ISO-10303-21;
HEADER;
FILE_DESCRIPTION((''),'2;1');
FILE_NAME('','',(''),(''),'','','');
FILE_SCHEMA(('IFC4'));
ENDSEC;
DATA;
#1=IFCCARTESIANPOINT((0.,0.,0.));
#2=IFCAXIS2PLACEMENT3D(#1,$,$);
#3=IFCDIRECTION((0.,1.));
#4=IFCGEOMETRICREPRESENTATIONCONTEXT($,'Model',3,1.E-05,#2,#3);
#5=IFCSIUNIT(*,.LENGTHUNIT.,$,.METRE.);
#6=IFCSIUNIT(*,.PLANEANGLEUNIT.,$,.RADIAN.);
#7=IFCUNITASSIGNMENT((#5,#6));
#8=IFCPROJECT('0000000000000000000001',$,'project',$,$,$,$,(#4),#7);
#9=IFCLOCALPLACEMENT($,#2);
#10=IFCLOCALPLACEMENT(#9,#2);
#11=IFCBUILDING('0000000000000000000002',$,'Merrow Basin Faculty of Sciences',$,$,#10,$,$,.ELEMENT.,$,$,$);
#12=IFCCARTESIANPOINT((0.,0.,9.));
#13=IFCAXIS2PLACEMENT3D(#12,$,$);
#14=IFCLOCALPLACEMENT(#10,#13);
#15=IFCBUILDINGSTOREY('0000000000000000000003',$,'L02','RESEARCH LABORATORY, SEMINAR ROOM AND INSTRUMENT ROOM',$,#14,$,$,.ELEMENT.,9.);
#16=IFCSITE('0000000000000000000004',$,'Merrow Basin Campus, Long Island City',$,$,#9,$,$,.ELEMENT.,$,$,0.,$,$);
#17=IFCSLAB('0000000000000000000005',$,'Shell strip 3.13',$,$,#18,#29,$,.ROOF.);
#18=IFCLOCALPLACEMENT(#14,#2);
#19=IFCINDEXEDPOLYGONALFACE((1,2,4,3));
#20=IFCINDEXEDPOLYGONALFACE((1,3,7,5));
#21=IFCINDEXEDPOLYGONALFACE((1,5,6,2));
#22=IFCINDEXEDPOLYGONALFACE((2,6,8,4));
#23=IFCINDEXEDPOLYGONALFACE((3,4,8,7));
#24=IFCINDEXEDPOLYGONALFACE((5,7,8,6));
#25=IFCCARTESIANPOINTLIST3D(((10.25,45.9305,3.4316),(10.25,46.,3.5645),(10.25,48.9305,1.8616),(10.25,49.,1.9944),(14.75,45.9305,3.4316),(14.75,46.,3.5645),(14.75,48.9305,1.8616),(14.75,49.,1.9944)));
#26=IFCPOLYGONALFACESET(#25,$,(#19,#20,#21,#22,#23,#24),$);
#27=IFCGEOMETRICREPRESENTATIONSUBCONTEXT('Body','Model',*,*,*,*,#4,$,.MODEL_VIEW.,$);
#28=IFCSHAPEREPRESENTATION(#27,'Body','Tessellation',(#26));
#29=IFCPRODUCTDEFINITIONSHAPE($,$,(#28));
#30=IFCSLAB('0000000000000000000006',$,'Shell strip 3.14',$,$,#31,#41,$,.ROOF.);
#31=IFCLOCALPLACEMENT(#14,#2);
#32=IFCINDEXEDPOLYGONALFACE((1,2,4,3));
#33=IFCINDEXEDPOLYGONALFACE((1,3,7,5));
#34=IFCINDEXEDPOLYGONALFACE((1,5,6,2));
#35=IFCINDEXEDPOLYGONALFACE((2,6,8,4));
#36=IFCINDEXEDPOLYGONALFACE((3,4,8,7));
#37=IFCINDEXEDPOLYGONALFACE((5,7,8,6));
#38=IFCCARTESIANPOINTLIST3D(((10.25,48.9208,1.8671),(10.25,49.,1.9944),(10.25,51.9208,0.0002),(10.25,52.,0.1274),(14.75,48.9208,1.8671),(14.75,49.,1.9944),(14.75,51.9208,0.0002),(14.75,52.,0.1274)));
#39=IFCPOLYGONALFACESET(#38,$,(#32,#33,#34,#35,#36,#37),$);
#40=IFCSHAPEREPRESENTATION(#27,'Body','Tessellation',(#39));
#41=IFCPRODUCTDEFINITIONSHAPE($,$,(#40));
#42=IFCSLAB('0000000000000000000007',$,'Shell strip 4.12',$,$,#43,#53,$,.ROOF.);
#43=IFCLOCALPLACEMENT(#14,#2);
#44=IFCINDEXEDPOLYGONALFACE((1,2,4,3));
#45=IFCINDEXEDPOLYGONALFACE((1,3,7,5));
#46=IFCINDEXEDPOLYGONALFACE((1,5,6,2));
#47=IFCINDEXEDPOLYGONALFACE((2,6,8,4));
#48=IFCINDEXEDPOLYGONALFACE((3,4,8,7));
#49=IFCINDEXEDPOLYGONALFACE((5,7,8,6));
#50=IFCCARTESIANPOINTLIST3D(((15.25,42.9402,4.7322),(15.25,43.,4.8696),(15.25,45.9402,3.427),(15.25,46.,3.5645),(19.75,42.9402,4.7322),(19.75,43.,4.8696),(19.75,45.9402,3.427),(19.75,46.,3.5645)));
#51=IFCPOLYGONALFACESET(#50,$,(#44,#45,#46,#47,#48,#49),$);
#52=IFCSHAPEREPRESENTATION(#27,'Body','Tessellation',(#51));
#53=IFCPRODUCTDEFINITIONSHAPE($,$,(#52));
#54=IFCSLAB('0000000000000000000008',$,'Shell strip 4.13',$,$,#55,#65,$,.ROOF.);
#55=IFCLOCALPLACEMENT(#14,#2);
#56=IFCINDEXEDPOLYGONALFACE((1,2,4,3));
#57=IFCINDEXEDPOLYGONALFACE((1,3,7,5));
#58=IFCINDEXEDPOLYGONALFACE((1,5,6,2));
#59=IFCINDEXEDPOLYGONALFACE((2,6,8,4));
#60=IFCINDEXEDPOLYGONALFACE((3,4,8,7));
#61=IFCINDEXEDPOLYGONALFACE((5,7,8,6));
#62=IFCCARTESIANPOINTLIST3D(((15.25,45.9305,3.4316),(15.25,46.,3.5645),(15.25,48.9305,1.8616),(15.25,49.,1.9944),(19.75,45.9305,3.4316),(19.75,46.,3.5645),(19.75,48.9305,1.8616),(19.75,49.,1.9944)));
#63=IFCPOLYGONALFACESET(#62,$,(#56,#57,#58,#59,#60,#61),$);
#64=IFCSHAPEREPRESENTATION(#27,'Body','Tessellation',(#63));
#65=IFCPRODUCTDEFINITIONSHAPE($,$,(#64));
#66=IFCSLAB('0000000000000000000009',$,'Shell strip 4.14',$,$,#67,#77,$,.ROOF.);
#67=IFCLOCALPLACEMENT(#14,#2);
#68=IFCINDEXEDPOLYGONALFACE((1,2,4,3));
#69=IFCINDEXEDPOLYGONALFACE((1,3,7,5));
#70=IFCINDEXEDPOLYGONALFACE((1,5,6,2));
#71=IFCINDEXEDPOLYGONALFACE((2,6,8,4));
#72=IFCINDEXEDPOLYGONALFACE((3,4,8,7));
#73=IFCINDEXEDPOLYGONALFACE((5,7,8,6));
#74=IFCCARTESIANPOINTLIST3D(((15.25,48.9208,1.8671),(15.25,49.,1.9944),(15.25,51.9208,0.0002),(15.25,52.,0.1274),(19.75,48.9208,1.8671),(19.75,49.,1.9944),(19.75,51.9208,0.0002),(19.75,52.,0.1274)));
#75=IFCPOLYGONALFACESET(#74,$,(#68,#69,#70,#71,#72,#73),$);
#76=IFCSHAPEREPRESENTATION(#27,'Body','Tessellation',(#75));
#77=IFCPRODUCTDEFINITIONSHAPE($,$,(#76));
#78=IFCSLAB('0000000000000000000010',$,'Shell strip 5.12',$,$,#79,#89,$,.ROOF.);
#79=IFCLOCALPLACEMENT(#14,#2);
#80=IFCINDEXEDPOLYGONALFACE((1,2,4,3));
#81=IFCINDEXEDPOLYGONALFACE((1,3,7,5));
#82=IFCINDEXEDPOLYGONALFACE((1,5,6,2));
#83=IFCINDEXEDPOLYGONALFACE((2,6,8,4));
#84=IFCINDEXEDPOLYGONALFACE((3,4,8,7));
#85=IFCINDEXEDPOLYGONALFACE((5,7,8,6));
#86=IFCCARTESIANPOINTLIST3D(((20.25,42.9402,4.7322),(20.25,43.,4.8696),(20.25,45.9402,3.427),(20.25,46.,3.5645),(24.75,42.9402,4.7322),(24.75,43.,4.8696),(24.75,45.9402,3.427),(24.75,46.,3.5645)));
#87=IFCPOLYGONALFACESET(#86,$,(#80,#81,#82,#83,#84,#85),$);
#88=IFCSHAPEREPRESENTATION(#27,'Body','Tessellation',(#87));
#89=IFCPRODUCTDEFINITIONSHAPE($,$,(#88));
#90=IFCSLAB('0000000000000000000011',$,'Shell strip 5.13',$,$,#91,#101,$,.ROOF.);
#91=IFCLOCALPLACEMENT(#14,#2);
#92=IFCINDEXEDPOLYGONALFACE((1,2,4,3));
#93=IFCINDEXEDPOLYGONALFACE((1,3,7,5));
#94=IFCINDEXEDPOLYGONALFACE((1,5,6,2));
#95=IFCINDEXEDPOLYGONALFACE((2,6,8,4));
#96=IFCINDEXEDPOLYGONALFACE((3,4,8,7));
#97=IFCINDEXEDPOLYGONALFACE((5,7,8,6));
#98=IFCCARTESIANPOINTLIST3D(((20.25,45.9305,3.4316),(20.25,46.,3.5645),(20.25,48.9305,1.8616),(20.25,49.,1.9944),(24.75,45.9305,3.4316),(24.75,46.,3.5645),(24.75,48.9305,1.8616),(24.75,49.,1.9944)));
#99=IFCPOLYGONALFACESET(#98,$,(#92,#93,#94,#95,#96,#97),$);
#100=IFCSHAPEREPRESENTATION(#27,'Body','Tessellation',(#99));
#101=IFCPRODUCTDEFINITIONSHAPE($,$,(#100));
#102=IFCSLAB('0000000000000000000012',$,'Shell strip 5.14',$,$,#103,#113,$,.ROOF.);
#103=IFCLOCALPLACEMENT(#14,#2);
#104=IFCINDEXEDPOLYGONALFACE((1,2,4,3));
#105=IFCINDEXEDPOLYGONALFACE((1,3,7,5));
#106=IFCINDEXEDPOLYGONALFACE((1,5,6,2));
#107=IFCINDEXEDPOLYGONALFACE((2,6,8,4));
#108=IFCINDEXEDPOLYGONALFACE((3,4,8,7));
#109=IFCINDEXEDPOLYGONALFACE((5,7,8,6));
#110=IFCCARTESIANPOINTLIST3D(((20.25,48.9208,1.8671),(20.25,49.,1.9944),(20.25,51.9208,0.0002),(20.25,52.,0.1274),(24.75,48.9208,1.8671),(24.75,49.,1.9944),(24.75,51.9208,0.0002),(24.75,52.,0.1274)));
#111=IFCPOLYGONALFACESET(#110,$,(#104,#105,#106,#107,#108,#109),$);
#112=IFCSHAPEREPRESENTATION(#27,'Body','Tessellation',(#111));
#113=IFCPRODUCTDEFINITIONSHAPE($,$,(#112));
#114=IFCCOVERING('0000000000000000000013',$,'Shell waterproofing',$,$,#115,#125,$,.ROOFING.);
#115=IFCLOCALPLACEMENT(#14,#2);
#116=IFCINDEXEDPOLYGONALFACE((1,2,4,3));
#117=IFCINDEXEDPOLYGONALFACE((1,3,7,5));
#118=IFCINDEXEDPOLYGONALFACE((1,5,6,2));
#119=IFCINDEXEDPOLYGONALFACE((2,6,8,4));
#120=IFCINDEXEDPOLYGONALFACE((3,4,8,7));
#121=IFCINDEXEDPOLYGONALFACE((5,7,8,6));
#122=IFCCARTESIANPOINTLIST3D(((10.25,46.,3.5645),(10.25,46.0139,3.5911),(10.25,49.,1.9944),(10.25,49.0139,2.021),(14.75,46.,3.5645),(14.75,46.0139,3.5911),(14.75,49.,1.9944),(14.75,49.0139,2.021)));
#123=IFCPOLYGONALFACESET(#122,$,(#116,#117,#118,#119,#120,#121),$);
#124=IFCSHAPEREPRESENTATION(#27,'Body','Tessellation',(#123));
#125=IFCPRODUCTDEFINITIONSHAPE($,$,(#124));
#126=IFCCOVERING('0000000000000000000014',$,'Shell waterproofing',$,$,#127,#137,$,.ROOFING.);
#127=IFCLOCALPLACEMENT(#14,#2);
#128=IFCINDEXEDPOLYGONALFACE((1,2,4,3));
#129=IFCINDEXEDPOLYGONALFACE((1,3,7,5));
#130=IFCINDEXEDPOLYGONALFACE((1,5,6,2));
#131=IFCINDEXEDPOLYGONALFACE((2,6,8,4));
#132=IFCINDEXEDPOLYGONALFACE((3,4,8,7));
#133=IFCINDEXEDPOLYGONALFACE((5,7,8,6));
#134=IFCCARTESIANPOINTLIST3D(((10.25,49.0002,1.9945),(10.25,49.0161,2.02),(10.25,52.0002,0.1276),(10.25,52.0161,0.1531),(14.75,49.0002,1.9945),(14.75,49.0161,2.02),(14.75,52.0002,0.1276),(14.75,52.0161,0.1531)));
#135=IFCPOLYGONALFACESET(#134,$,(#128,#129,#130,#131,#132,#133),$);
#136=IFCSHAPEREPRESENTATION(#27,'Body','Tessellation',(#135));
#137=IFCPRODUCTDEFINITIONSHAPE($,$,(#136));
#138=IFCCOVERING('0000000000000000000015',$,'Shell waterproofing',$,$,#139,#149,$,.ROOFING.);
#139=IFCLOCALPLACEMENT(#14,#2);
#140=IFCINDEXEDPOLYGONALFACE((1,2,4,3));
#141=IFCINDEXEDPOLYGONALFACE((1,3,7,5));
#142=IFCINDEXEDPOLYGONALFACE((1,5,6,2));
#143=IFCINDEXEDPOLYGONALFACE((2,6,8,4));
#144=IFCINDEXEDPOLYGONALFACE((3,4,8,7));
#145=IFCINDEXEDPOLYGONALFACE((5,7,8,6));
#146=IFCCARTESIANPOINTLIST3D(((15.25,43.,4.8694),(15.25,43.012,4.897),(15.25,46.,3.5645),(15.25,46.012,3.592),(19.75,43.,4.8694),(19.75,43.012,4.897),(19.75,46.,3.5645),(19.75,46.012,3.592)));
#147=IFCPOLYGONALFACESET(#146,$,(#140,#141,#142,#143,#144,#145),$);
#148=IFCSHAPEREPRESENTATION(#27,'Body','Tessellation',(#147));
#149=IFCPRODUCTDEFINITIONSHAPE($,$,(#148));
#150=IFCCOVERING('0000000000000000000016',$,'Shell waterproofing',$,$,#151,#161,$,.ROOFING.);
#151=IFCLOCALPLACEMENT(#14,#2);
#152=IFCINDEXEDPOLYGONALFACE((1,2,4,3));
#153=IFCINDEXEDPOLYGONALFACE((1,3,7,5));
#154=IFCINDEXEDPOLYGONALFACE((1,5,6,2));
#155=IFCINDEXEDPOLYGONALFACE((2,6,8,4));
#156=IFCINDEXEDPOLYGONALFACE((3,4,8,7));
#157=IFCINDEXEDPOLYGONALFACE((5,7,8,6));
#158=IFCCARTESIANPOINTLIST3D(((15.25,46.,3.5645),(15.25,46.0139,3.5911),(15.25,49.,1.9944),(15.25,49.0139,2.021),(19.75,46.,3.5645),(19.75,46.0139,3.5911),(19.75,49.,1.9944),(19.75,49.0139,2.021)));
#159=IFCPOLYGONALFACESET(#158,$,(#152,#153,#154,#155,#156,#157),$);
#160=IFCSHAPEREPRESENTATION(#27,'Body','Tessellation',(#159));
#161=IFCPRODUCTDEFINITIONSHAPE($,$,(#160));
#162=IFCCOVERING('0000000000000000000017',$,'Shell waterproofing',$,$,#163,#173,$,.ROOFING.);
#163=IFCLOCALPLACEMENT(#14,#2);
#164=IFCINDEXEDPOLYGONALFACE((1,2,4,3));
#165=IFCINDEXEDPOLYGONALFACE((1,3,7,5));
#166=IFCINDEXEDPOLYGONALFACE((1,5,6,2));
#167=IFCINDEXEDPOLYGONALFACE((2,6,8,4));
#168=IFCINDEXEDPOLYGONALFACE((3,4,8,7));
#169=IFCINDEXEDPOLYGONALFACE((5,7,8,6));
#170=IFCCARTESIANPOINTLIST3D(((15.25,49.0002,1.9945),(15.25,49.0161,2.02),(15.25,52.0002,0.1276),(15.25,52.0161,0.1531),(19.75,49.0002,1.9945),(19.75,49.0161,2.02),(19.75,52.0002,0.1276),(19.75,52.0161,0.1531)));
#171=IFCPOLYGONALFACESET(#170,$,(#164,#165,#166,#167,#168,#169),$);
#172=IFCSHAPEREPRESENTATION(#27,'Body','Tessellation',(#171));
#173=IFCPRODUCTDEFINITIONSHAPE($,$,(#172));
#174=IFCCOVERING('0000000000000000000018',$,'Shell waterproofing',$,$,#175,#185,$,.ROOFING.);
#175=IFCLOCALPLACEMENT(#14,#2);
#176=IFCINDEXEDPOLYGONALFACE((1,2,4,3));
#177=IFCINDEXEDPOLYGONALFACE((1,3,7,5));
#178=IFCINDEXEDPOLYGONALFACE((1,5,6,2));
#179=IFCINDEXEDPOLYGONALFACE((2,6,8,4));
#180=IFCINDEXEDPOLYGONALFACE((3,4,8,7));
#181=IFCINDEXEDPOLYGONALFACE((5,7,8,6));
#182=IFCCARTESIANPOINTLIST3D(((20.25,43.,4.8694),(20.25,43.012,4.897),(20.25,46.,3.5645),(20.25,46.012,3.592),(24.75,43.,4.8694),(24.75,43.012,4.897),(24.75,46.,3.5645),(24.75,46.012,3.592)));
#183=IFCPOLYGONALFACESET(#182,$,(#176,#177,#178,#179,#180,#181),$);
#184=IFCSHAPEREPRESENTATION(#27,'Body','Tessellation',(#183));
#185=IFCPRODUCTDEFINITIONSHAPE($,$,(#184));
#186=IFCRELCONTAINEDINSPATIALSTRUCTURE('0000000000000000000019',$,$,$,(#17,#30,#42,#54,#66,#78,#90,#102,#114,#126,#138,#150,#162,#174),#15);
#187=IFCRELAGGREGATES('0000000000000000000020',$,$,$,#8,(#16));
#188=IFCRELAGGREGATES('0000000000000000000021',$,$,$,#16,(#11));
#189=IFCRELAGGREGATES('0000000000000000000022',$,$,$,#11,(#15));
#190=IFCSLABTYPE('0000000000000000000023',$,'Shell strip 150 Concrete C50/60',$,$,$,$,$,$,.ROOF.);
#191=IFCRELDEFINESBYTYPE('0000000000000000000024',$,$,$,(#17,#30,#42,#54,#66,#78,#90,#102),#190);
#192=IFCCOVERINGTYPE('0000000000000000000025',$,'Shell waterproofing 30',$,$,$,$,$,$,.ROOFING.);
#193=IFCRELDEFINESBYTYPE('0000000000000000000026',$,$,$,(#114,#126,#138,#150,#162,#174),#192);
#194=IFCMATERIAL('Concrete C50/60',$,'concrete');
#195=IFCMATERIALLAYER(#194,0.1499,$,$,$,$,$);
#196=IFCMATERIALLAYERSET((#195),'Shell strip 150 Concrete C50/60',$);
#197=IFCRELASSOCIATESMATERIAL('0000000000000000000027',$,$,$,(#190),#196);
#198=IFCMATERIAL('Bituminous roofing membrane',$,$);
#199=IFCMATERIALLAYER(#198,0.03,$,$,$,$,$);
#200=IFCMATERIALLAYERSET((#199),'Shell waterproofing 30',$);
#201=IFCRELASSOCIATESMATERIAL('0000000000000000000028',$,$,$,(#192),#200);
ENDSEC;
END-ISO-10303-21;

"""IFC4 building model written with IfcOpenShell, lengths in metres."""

from ifc_helpers import new_model, si_unit, direction, frame, origin, place, context, subcontext, project, spatial, polyline, outline, extrude, material, layer, layer_set, type_object, element, save


model = new_model("IFC4")

# Units and contexts
model_context = context("Model", 3, precision=1e-05, world=origin(), true_north=direction((0.0, 1.0)))
body_context = subcontext(model_context, "Body", "Model", "MODEL_VIEW")
ifc_project = project(units=[si_unit("LENGTHUNIT", "METRE"), si_unit("PLANEANGLEUNIT", "RADIAN")], contexts=[model_context])

# Site, building, storey
site_placement = place(None, origin())
site = spatial("IfcSite", under=ifc_project, at=site_placement, Name="Merrow Basin Campus, Long Island City", CompositionType="ELEMENT", RefElevation=0.0)
building_placement = place(site_placement, origin())
building = spatial("IfcBuilding", under=site, at=building_placement, Name="Merrow Basin Faculty of Sciences", CompositionType="ELEMENT")
storey_placement = place(building_placement, frame((0.0, 0.0, 9.0)))
storey = spatial("IfcBuildingStorey", under=building, at=storey_placement, Name="L02", Description="RESEARCH LABORATORY, SEMINAR ROOM AND INSTRUMENT ROOM", CompositionType="ELEMENT", Elevation=9.0)

# Slabs
ifc_material_1 = material(Name="Concrete C50/60", Category="concrete")
ifc_layer_1 = layer(ifc_material_1, 0.1499)
ifc_layer_set_1 = layer_set([ifc_layer_1], Name="Shell strip 150 Concrete C50/60")
slab_type = type_object("IfcSlabType", Name="Shell strip 150 Concrete C50/60", PredefinedType="ROOF", material=ifc_layer_set_1)
slab_1_placement = place(storey_placement, frame((10.25, 46.0, 3.5645), z_axis=(0.0, 0.463692, 0.885997), x_axis=(1.0, 0.0, 0.0)))
element("IfcSlab", 1, at=slab_1_placement, inside=storey, type_object=slab_type, Name="Shell strip 3.13", PredefinedType="ROOF", context=body_context, shape_type="SweptSolid", body=[
    extrude(outline(polyline([(0.0, 0.0), (4.5, 0.0), (4.5, 3.386), (0.0, 3.386), (0.0, 0.0)])), origin(), (0.0, 0.0, -1.0), 0.1499),
])
slab_2_placement = place(storey_placement, frame((10.25, 49.0, 1.9944), z_axis=(0.0, 0.528358, 0.849021), x_axis=(1.0, 0.0, 0.0)))
element("IfcSlab", 2, at=slab_2_placement, inside=storey, type_object=slab_type, Name="Shell strip 3.14", PredefinedType="ROOF", context=body_context, shape_type="SweptSolid", body=[
    extrude(outline(polyline([(0.0, 0.0), (4.5, 0.0), (4.5, 3.5335), (0.0, 3.5335), (0.0, 0.0)])), origin(), (0.0, 0.0, -1.0), 0.1499),
])
slab_3_placement = place(storey_placement, frame((15.25, 43.0, 4.8696), z_axis=(0.0, 0.398939, 0.916977), x_axis=(1.0, 0.0, 0.0)))
element("IfcSlab", 3, at=slab_3_placement, inside=storey, type_object=slab_type, Name="Shell strip 4.12", PredefinedType="ROOF", context=body_context, shape_type="SweptSolid", body=[
    extrude(outline(polyline([(0.0, 0.0), (4.5, 0.0), (4.5, 3.2716), (0.0, 3.2716), (0.0, 0.0)])), origin(), (0.0, 0.0, -1.0), 0.1499),
])
slab_4_placement = place(storey_placement, frame((15.25, 46.0, 3.5645), z_axis=(0.0, 0.463692, 0.885997), x_axis=(1.0, 0.0, 0.0)))
element("IfcSlab", 4, at=slab_4_placement, inside=storey, type_object=slab_type, Name="Shell strip 4.13", PredefinedType="ROOF", context=body_context, shape_type="SweptSolid", body=[
    extrude(outline(polyline([(0.0, 0.0), (4.5, 0.0), (4.5, 3.386), (0.0, 3.386), (0.0, 0.0)])), origin(), (0.0, 0.0, -1.0), 0.1499),
])
slab_5_placement = place(storey_placement, frame((15.25, 49.0, 1.9944), z_axis=(0.0, 0.528358, 0.849021), x_axis=(1.0, 0.0, 0.0)))
element("IfcSlab", 5, at=slab_5_placement, inside=storey, type_object=slab_type, Name="Shell strip 4.14", PredefinedType="ROOF", context=body_context, shape_type="SweptSolid", body=[
    extrude(outline(polyline([(0.0, 0.0), (4.5, 0.0), (4.5, 3.5335), (0.0, 3.5335), (0.0, 0.0)])), origin(), (0.0, 0.0, -1.0), 0.1499),
])
slab_6_placement = place(storey_placement, frame((20.25, 43.0, 4.8696), z_axis=(0.0, 0.398939, 0.916977), x_axis=(1.0, 0.0, 0.0)))
element("IfcSlab", 6, at=slab_6_placement, inside=storey, type_object=slab_type, Name="Shell strip 5.12", PredefinedType="ROOF", context=body_context, shape_type="SweptSolid", body=[
    extrude(outline(polyline([(0.0, 0.0), (4.5, 0.0), (4.5, 3.2716), (0.0, 3.2716), (0.0, 0.0)])), origin(), (0.0, 0.0, -1.0), 0.1499),
])
slab_7_placement = place(storey_placement, frame((20.25, 46.0, 3.5645), z_axis=(0.0, 0.463692, 0.885997), x_axis=(1.0, 0.0, 0.0)))
element("IfcSlab", 7, at=slab_7_placement, inside=storey, type_object=slab_type, Name="Shell strip 5.13", PredefinedType="ROOF", context=body_context, shape_type="SweptSolid", body=[
    extrude(outline(polyline([(0.0, 0.0), (4.5, 0.0), (4.5, 3.386), (0.0, 3.386), (0.0, 0.0)])), origin(), (0.0, 0.0, -1.0), 0.1499),
])
slab_8_placement = place(storey_placement, frame((20.25, 49.0, 1.9944), z_axis=(0.0, 0.528358, 0.849021), x_axis=(1.0, 0.0, 0.0)))
element("IfcSlab", 8, at=slab_8_placement, inside=storey, type_object=slab_type, Name="Shell strip 5.14", PredefinedType="ROOF", context=body_context, shape_type="SweptSolid", body=[
    extrude(outline(polyline([(0.0, 0.0), (4.5, 0.0), (4.5, 3.5335), (0.0, 3.5335), (0.0, 0.0)])), origin(), (0.0, 0.0, -1.0), 0.1499),
])

# Coverings
ifc_material_2 = material(Name="Bituminous roofing membrane")
ifc_layer_2 = layer(ifc_material_2, 0.03)
ifc_layer_set_2 = layer_set([ifc_layer_2], Name="Shell waterproofing 30")
covering_type_1 = type_object("IfcCoveringType", Name="Shell waterproofing 30", PredefinedType="ROOFING", material=ifc_layer_set_2)
covering_1_placement = place(storey_placement, frame((10.25, 46.0139, 3.5911), z_axis=(0.0, 0.463692, 0.885997), x_axis=(1.0, 0.0, 0.0)))
element("IfcCovering", 9, at=covering_1_placement, inside=storey, type_object=covering_type_1, Name="Shell waterproofing", PredefinedType="ROOFING", context=body_context, shape_type="SweptSolid", body=[
    extrude(outline(polyline([(0.0, 0.0), (4.5, 0.0), (4.5, 3.386), (0.0, 3.386), (0.0, 0.0)])), origin(), (0.0, 0.0, -1.0), 0.03),
])
covering_2_placement = place(storey_placement, frame((10.25, 49.0161, 2.02), z_axis=(0.0, 0.528358, 0.849021), x_axis=(1.0, 0.0, 0.0)))
element("IfcCovering", 10, at=covering_2_placement, inside=storey, type_object=covering_type_1, Name="Shell waterproofing", PredefinedType="ROOFING", context=body_context, shape_type="SweptSolid", body=[
    extrude(outline(polyline([(0.0, 0.0), (4.5, 0.0), (4.5, 3.5335), (0.0, 3.5335), (0.0, 0.0)])), origin(), (0.0, 0.0, -1.0), 0.03),
])
covering_3_placement = place(storey_placement, frame((15.25, 43.012, 4.897), z_axis=(0.0, 0.398876, 0.917005), x_axis=(1.0, 0.0, 0.0)))
element("IfcCovering", 11, at=covering_3_placement, inside=storey, type_object=covering_type_1, Name="Shell waterproofing", PredefinedType="ROOFING", context=body_context, shape_type="SweptSolid", body=[
    extrude(outline(polyline([(0.0, 0.0), (4.5, 0.0), (4.5, 3.2715), (0.0, 3.2715), (0.0, 0.0)])), origin(), (0.0, 0.0, -1.0), 0.03),
])
covering_4_placement = place(storey_placement, frame((15.25, 46.0139, 3.5911), z_axis=(0.0, 0.463692, 0.885997), x_axis=(1.0, 0.0, 0.0)))
element("IfcCovering", 12, at=covering_4_placement, inside=storey, type_object=covering_type_1, Name="Shell waterproofing", PredefinedType="ROOFING", context=body_context, shape_type="SweptSolid", body=[
    extrude(outline(polyline([(0.0, 0.0), (4.5, 0.0), (4.5, 3.386), (0.0, 3.386), (0.0, 0.0)])), origin(), (0.0, 0.0, -1.0), 0.03),
])
covering_5_placement = place(storey_placement, frame((15.25, 49.0161, 2.02), z_axis=(0.0, 0.528358, 0.849021), x_axis=(1.0, 0.0, 0.0)))
element("IfcCovering", 13, at=covering_5_placement, inside=storey, type_object=covering_type_1, Name="Shell waterproofing", PredefinedType="ROOFING", context=body_context, shape_type="SweptSolid", body=[
    extrude(outline(polyline([(0.0, 0.0), (4.5, 0.0), (4.5, 3.5335), (0.0, 3.5335), (0.0, 0.0)])), origin(), (0.0, 0.0, -1.0), 0.03),
])
covering_6_placement = place(storey_placement, frame((20.25, 43.012, 4.897), z_axis=(0.0, 0.398876, 0.917005), x_axis=(1.0, 0.0, 0.0)))
element("IfcCovering", 14, at=covering_6_placement, inside=storey, type_object=covering_type_1, Name="Shell waterproofing", PredefinedType="ROOFING", context=body_context, shape_type="SweptSolid", body=[
    extrude(outline(polyline([(0.0, 0.0), (4.5, 0.0), (4.5, 3.2715), (0.0, 3.2715), (0.0, 0.0)])), origin(), (0.0, 0.0, -1.0), 0.03),
])

save(model, "model.ifc")
